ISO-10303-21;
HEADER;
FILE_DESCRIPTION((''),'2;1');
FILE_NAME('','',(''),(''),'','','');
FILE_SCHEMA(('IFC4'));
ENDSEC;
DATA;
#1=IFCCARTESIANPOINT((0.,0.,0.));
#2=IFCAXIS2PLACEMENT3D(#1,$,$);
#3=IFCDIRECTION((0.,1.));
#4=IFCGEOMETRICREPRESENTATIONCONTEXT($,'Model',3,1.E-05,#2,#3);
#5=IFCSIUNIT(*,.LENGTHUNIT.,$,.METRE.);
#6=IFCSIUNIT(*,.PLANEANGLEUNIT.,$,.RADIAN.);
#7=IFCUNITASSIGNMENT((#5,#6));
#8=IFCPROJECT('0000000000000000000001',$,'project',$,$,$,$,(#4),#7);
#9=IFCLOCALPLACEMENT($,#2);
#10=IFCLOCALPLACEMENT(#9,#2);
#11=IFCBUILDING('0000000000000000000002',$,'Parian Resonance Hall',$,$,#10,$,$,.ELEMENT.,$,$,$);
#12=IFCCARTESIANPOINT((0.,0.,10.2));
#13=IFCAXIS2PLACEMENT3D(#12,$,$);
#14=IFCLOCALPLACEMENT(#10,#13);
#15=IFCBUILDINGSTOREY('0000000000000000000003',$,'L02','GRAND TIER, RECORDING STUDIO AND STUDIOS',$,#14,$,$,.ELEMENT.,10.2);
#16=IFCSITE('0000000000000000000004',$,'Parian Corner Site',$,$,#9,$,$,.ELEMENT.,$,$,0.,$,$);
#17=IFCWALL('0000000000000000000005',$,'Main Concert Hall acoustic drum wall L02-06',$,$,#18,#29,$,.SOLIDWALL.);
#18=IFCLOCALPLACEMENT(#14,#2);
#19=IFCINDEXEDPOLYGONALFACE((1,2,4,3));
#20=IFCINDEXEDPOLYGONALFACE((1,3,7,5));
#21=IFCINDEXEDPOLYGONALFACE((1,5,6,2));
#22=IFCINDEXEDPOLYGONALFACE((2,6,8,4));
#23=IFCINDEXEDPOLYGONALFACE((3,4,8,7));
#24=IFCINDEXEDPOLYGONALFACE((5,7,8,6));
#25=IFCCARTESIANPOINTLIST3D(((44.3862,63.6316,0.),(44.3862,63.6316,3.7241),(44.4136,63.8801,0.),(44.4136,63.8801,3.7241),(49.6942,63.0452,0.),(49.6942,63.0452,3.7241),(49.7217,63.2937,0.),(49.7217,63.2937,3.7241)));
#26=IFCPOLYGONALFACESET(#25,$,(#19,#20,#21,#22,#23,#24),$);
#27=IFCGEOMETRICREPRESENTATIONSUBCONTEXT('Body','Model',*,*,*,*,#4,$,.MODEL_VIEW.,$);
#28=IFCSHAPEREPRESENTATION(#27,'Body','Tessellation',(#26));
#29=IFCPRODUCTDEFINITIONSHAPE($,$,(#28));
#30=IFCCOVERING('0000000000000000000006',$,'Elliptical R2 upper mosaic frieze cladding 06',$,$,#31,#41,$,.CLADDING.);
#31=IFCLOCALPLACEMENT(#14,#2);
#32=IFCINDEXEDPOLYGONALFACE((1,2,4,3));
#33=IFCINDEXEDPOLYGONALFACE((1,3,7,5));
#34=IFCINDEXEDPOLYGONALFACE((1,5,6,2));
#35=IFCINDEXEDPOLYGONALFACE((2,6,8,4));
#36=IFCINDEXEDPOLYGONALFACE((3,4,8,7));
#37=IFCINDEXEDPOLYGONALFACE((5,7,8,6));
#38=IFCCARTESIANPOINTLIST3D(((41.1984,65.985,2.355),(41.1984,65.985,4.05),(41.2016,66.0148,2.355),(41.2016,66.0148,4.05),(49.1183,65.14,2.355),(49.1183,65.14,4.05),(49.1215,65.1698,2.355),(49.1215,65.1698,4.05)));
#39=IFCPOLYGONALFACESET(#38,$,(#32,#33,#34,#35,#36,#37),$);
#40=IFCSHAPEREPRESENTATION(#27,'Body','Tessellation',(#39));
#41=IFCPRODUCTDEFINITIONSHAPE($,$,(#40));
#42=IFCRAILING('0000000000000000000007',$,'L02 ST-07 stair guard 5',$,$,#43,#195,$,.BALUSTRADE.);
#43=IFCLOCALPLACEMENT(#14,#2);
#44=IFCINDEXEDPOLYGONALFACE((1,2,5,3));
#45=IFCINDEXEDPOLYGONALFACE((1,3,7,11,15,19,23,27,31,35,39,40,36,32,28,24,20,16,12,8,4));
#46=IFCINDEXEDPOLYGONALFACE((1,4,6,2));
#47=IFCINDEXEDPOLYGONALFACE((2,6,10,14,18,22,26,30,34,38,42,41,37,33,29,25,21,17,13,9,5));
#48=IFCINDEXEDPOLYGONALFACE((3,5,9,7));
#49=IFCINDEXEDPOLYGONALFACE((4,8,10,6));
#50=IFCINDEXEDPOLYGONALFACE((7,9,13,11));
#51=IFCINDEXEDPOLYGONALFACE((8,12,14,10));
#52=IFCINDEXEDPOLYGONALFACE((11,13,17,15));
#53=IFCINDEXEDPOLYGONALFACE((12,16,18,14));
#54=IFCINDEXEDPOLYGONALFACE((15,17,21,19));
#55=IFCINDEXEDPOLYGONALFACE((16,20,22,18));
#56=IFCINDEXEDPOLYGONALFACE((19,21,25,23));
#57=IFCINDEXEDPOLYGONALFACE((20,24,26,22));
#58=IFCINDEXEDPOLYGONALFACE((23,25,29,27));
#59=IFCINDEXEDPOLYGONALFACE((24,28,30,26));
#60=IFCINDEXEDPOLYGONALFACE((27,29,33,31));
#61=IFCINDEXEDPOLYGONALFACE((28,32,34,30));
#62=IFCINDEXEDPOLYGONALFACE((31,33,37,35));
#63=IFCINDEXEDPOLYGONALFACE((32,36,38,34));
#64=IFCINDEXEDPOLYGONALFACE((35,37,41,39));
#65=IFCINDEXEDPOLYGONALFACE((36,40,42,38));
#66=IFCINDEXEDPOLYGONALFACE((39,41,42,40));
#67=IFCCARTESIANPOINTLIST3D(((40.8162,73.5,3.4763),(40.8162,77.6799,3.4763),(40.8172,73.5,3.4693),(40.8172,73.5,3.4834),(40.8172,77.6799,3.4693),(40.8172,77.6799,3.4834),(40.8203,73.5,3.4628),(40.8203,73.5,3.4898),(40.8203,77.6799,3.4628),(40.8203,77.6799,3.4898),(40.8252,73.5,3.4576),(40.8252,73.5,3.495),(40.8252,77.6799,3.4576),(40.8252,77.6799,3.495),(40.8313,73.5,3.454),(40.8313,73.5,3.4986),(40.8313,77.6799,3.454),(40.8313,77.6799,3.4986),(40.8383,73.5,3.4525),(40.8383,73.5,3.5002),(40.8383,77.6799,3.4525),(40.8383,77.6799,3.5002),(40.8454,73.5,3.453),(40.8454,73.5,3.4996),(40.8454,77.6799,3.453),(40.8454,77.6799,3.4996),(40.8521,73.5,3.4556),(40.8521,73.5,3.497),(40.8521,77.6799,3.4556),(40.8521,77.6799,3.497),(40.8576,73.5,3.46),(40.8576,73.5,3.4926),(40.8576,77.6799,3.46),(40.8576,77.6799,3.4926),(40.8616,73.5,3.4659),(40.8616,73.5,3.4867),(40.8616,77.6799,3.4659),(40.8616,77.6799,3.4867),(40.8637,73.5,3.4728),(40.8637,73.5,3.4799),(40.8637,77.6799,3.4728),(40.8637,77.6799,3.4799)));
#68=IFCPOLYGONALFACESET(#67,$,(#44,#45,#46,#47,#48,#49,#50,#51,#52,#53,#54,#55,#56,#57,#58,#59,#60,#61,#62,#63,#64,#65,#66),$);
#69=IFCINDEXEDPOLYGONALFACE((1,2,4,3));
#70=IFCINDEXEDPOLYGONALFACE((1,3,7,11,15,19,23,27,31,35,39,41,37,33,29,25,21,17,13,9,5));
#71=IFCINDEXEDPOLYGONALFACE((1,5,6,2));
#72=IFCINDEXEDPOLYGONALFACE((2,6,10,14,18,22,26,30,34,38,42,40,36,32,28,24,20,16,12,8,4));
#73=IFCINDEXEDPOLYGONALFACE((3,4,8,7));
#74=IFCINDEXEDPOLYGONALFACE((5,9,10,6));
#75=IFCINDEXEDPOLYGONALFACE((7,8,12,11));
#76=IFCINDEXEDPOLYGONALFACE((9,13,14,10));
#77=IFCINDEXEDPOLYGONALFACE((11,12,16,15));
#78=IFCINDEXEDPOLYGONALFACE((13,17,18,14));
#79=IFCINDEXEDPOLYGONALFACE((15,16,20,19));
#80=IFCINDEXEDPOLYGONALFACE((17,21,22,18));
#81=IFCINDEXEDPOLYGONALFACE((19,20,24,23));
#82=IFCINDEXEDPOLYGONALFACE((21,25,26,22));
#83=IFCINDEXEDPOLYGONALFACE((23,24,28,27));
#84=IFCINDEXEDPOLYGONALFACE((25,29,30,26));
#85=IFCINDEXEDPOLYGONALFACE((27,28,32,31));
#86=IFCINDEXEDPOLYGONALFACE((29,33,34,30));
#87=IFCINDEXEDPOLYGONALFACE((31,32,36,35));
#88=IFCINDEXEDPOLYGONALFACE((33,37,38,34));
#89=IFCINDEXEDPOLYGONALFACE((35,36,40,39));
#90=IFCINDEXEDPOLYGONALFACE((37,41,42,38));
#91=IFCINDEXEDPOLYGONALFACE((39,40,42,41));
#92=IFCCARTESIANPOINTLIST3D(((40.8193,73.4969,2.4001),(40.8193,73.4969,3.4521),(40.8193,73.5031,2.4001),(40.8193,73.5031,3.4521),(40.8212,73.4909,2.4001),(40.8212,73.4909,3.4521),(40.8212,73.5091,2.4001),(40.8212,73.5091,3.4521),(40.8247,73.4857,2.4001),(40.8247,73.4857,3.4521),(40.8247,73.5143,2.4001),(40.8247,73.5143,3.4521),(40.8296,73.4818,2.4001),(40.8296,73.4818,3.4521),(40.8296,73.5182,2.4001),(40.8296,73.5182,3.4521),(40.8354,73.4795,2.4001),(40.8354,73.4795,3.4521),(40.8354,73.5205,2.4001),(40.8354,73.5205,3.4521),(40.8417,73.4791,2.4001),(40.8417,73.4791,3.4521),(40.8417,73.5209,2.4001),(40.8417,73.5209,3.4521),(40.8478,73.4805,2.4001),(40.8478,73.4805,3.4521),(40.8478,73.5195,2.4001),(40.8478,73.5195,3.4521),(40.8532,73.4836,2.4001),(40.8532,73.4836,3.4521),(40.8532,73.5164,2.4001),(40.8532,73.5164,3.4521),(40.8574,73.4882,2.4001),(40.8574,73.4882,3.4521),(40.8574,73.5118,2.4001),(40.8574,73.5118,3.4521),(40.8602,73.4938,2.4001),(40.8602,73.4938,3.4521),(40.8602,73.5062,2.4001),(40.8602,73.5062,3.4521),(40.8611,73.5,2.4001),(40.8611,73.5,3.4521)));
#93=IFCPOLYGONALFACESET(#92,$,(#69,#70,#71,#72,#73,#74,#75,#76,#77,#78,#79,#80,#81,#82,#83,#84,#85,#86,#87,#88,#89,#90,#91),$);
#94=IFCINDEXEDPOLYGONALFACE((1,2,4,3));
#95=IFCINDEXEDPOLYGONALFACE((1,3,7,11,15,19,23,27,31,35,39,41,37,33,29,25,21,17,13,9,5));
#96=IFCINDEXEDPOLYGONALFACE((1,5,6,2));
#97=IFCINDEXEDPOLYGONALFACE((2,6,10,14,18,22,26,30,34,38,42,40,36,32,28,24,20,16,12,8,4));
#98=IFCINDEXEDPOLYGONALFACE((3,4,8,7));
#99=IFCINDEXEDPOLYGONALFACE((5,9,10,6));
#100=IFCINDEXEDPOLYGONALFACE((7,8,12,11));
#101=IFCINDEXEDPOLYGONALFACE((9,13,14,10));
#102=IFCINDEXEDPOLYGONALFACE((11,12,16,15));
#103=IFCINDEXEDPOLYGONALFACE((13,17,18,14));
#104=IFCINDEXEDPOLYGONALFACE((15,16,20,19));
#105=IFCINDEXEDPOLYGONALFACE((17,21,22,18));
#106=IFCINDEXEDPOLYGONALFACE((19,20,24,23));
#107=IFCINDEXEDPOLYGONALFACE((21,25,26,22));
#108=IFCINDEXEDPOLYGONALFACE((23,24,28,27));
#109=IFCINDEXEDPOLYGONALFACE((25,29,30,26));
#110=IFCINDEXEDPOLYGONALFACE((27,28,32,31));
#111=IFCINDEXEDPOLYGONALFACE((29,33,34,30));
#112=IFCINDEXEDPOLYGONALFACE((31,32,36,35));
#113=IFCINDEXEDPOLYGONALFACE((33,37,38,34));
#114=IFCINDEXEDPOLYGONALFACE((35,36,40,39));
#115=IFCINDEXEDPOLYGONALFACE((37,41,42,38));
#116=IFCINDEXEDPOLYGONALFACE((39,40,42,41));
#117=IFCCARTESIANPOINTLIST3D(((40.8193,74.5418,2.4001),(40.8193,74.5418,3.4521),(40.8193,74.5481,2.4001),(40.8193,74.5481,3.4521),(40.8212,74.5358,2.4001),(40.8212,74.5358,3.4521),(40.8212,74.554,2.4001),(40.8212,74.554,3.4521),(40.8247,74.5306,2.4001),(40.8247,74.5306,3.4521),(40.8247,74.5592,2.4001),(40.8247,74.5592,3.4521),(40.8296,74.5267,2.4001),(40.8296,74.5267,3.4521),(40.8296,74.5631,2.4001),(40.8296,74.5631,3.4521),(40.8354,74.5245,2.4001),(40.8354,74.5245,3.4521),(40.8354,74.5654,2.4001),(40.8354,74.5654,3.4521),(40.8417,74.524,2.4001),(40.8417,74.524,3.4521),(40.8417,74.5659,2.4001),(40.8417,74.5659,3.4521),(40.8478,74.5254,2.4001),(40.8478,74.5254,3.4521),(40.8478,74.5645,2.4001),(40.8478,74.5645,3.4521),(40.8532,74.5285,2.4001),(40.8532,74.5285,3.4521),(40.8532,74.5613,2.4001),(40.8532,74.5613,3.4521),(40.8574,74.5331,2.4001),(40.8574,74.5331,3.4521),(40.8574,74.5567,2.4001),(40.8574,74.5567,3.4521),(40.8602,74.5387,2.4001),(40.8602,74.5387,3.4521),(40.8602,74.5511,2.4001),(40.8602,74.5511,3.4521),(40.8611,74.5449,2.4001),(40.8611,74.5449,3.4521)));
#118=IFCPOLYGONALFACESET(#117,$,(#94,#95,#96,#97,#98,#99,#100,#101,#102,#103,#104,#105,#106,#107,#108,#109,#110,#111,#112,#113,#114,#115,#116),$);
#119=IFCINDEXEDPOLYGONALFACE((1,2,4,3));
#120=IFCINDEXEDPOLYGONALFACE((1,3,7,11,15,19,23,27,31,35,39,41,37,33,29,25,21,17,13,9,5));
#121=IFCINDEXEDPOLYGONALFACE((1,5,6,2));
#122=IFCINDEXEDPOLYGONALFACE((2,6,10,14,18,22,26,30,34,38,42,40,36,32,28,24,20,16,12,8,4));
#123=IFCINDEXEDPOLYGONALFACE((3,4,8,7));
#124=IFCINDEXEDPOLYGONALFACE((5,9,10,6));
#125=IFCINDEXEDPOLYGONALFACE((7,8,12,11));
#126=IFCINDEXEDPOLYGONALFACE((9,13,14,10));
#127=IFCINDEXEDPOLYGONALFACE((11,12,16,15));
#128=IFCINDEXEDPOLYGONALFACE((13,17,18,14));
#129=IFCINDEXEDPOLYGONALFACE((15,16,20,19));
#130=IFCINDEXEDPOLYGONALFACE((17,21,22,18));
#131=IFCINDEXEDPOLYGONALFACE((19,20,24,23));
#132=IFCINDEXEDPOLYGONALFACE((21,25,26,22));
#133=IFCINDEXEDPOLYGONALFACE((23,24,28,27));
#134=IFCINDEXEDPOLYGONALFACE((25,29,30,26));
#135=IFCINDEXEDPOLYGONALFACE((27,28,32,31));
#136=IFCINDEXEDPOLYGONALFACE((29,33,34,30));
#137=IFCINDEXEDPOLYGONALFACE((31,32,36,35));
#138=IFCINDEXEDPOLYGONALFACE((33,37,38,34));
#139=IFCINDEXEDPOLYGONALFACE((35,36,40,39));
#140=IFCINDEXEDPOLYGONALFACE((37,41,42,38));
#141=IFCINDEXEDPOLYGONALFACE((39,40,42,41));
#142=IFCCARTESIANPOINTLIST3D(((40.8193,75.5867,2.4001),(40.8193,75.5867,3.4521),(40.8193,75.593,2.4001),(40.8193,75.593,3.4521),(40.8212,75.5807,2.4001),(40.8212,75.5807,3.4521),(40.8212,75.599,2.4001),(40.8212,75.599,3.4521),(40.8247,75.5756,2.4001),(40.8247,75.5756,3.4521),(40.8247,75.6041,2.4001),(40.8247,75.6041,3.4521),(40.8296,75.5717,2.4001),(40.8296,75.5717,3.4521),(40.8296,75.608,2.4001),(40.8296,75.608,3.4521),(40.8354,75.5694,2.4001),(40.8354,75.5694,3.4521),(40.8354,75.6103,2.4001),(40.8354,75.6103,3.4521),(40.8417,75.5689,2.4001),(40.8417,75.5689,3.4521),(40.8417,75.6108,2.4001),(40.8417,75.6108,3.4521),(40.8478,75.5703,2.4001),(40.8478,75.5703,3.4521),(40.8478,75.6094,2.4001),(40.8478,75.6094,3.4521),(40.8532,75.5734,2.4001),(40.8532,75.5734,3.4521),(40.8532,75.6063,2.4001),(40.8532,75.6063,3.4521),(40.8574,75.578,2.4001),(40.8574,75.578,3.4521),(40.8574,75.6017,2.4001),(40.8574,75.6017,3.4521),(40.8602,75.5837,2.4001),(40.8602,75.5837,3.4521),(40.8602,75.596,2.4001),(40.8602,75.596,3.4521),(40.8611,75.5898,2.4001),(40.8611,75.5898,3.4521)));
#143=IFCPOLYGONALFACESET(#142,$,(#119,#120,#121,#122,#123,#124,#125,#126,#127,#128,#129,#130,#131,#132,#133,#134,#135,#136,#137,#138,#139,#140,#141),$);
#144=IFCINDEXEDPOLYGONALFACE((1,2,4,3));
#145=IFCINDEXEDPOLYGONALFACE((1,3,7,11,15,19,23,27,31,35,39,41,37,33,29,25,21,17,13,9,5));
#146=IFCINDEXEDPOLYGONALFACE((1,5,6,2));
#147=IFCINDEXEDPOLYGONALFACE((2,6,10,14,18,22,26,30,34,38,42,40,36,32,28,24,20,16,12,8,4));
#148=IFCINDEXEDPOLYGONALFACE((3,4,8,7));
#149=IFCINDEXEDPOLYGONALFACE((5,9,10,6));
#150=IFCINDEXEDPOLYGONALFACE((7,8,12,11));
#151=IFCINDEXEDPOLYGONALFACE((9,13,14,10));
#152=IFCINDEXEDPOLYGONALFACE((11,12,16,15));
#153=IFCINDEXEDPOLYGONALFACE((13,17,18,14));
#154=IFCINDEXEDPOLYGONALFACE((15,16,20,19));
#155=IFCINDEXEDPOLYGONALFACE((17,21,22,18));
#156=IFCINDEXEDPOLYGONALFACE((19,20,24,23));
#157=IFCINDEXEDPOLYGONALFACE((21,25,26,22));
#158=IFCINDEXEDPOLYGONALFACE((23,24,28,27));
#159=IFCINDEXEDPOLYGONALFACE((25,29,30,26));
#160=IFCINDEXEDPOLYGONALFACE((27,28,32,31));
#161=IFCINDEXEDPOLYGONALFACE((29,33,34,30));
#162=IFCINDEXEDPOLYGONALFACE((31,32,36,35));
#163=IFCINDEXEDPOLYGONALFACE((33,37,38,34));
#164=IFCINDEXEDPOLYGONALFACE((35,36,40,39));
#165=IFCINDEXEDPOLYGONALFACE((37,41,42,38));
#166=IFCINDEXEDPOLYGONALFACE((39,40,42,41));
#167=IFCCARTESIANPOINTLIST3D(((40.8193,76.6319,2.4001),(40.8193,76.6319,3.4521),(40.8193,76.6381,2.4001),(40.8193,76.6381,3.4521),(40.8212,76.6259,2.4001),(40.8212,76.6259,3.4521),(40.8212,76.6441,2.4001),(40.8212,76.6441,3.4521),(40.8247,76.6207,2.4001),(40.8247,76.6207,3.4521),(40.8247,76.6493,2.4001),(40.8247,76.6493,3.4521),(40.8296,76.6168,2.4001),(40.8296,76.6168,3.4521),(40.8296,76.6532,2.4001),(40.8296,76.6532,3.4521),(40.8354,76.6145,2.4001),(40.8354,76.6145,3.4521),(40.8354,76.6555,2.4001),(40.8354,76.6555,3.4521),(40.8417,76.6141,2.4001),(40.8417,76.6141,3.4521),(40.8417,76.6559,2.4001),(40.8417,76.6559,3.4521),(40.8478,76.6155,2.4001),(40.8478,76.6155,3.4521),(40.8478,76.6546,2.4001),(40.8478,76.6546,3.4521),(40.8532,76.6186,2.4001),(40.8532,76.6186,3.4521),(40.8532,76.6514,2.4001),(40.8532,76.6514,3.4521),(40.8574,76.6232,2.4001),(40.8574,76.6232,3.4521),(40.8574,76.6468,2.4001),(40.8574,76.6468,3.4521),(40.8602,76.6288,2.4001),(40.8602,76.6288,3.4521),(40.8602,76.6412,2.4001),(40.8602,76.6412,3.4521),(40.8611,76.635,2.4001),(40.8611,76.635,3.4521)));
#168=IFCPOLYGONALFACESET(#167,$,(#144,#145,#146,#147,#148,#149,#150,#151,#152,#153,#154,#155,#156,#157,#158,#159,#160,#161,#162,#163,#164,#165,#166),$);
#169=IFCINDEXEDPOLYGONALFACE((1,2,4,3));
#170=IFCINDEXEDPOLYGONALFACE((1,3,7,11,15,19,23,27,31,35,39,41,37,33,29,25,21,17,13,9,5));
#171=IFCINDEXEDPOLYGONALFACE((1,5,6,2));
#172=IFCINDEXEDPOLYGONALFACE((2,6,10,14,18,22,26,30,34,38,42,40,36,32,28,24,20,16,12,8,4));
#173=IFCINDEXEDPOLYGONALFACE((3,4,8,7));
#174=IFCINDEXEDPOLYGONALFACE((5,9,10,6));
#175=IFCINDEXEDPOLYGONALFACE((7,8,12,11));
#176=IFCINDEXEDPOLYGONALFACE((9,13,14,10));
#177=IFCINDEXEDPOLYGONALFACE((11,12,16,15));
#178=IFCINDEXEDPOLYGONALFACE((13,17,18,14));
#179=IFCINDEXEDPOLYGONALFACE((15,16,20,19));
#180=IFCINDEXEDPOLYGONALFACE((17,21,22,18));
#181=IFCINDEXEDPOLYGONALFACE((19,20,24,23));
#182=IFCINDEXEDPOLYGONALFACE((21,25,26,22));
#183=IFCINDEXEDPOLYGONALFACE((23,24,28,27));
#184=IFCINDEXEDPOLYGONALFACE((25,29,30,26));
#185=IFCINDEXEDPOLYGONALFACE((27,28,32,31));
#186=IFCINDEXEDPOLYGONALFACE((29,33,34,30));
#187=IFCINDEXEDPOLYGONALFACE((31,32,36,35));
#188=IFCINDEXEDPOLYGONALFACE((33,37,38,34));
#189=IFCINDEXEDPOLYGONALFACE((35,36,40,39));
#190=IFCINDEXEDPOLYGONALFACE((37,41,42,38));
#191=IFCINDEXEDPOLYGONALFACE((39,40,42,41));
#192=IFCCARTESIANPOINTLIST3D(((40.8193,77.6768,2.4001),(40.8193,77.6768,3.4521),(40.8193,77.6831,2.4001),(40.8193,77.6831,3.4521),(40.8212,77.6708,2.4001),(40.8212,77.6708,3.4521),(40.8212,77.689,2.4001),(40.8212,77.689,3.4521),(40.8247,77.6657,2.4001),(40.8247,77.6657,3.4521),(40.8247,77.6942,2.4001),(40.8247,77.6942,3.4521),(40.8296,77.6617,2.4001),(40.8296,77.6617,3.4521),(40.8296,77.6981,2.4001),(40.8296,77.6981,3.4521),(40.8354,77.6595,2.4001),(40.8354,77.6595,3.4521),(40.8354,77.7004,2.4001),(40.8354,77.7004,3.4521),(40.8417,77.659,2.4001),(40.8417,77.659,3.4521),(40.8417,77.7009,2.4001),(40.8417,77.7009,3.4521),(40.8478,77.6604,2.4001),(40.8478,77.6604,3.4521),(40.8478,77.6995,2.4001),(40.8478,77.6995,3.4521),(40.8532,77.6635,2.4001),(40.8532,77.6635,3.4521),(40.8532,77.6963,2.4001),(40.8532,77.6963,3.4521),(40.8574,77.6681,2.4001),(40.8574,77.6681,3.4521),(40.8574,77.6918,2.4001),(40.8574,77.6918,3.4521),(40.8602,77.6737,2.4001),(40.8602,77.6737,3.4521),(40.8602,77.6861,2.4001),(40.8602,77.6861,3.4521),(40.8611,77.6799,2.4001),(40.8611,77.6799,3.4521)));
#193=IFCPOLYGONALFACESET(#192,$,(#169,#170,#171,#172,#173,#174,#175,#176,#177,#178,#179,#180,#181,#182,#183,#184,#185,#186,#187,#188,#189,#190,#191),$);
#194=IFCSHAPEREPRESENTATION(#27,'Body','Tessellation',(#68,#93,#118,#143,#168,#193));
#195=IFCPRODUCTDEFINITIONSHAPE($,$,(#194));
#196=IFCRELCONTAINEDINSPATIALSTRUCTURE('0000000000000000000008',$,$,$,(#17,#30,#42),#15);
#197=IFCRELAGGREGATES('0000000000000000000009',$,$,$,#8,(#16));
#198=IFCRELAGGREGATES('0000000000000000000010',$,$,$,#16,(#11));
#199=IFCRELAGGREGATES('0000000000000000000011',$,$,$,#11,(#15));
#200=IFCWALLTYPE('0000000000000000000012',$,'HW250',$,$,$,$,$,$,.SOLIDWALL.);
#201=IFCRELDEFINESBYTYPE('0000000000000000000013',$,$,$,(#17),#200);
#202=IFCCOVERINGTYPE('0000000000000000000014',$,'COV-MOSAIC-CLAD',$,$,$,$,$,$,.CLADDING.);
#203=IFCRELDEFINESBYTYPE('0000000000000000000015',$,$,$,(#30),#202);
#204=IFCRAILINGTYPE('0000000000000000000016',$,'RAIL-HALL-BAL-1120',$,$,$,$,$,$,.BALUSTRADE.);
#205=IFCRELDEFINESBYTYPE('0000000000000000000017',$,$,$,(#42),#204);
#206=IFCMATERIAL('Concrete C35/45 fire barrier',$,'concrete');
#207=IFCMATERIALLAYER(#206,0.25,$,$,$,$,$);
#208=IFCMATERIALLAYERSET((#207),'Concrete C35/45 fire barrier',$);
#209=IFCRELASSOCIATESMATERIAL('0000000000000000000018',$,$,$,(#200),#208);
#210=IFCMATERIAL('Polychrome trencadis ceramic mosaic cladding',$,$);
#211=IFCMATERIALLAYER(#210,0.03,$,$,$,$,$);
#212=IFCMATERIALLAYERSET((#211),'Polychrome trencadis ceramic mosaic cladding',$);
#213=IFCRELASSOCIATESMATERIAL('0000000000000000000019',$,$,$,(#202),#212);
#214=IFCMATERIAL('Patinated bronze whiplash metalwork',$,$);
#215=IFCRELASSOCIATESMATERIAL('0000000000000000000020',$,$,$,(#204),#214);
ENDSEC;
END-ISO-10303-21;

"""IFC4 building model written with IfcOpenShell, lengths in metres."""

from ifc_helpers import new_model, si_unit, direction, frame, frame_2d, origin, origin_2d, place, context, subcontext, project, spatial, rectangle, circle, extrude, material, layer, layer_set, type_object, element, save


model = new_model("IFC4")

# Units and contexts
model_context = context("Model", 3, precision=1e-05, world=origin(), true_north=direction((0.0, 1.0)))
body_context = subcontext(model_context, "Body", "Model", "MODEL_VIEW")
ifc_project = project(units=[si_unit("LENGTHUNIT", "METRE"), si_unit("PLANEANGLEUNIT", "RADIAN")], contexts=[model_context])

# Site, building, storey
site_placement = place(None, origin())
site = spatial("IfcSite", under=ifc_project, at=site_placement, Name="Parian Corner Site", CompositionType="ELEMENT", RefElevation=0.0)
building_placement = place(site_placement, origin())
building = spatial("IfcBuilding", under=site, at=building_placement, Name="Parian Resonance Hall", CompositionType="ELEMENT")
storey_placement = place(building_placement, frame((0.0, 0.0, 10.2)))
storey = spatial("IfcBuildingStorey", under=building, at=storey_placement, Name="L02", Description="GRAND TIER, RECORDING STUDIO AND STUDIOS", CompositionType="ELEMENT", Elevation=10.2)

# Wall
ifc_material_1 = material(Name="Concrete C35/45 fire barrier", Category="concrete")
ifc_layer_1 = layer(ifc_material_1, 0.25)
ifc_layer_set_1 = layer_set([ifc_layer_1], Name="Concrete C35/45 fire barrier")
wall_type_1 = type_object("IfcWallType", Name="HW250", PredefinedType="SOLIDWALL", material=ifc_layer_set_1)
wall_1_placement = place(storey_placement, frame((44.3999, 63.7559, 0.0), z_axis=(0.0, 0.0, 1.0), x_axis=(0.993953, -0.109809, 0.0)))
element("IfcWall", 1, at=wall_1_placement, inside=storey, type_object=wall_type_1, Name="Main Concert Hall acoustic drum wall L02-06", PredefinedType="SOLIDWALL", context=body_context, shape_type="SweptSolid", body=[
    extrude(rectangle(XDim=5.3403, YDim=0.25, at=frame_2d((2.6702, 0.0))), origin(), (0.0, 0.0, 1.0), 3.7241),
])

# Covering
ifc_material_2 = material(Name="Polychrome trencadis ceramic mosaic cladding")
ifc_layer_2 = layer(ifc_material_2, 0.03)
ifc_layer_set_2 = layer_set([ifc_layer_2], Name="Polychrome trencadis ceramic mosaic cladding")
covering_type = type_object("IfcCoveringType", Name="COV-MOSAIC-CLAD", PredefinedType="CLADDING", material=ifc_layer_set_2)
covering_placement = place(storey_placement, frame((45.1599, 65.5774, 2.355), z_axis=(0.0, 0.0, 1.0), x_axis=(0.994356, -0.106091, 0.0)))
element("IfcCovering", 2, at=covering_placement, inside=storey, type_object=covering_type, Name="Elliptical R2 upper mosaic frieze cladding 06", PredefinedType="CLADDING", context=body_context, shape_type="SweptSolid", body=[
    extrude(rectangle(XDim=7.9648, YDim=0.03, at=origin_2d()), origin(), (0.0, 0.0, 1.0), 1.6951),
])

# Railing
ifc_material_3 = material(Name="Patinated bronze whiplash metalwork")
railing_type = type_object("IfcRailingType", Name="RAIL-HALL-BAL-1120", PredefinedType="BALUSTRADE", material=ifc_material_3)
railing_1_placement = place(storey_placement, frame((40.8401, 73.5, 2.4001)))
element("IfcRailing", 3, at=railing_1_placement, inside=storey, type_object=railing_type, Name="L02 ST-07 stair guard 5", PredefinedType="BALUSTRADE", context=body_context, shape_type="SweptSolid", body=[
    extrude(circle(Radius=0.0239, at=origin_2d()), frame((0.0, 0.0, 1.0762), z_axis=(0.0, 1.0, 0.0), x_axis=(-1.0, 0.0, 0.0)), (0.0, 0.0, 1.0), 4.1799),
    extrude(circle(Radius=0.021, at=origin_2d()), origin(), (0.0, 0.0, 1.0), 1.052),
    extrude(circle(Radius=0.021, at=origin_2d()), frame((0.0, 1.0449, 0.0)), (0.0, 0.0, 1.0), 1.052),
    extrude(circle(Radius=0.021, at=origin_2d()), frame((0.0, 2.0898, 0.0)), (0.0, 0.0, 1.0), 1.052),
    extrude(circle(Radius=0.021, at=origin_2d()), frame((0.0, 3.135, 0.0)), (0.0, 0.0, 1.0), 1.052),
    extrude(circle(Radius=0.021, at=origin_2d()), frame((0.0, 4.1799, 0.0)), (0.0, 0.0, 1.0), 1.052),
])

save(model, "model.ifc")
